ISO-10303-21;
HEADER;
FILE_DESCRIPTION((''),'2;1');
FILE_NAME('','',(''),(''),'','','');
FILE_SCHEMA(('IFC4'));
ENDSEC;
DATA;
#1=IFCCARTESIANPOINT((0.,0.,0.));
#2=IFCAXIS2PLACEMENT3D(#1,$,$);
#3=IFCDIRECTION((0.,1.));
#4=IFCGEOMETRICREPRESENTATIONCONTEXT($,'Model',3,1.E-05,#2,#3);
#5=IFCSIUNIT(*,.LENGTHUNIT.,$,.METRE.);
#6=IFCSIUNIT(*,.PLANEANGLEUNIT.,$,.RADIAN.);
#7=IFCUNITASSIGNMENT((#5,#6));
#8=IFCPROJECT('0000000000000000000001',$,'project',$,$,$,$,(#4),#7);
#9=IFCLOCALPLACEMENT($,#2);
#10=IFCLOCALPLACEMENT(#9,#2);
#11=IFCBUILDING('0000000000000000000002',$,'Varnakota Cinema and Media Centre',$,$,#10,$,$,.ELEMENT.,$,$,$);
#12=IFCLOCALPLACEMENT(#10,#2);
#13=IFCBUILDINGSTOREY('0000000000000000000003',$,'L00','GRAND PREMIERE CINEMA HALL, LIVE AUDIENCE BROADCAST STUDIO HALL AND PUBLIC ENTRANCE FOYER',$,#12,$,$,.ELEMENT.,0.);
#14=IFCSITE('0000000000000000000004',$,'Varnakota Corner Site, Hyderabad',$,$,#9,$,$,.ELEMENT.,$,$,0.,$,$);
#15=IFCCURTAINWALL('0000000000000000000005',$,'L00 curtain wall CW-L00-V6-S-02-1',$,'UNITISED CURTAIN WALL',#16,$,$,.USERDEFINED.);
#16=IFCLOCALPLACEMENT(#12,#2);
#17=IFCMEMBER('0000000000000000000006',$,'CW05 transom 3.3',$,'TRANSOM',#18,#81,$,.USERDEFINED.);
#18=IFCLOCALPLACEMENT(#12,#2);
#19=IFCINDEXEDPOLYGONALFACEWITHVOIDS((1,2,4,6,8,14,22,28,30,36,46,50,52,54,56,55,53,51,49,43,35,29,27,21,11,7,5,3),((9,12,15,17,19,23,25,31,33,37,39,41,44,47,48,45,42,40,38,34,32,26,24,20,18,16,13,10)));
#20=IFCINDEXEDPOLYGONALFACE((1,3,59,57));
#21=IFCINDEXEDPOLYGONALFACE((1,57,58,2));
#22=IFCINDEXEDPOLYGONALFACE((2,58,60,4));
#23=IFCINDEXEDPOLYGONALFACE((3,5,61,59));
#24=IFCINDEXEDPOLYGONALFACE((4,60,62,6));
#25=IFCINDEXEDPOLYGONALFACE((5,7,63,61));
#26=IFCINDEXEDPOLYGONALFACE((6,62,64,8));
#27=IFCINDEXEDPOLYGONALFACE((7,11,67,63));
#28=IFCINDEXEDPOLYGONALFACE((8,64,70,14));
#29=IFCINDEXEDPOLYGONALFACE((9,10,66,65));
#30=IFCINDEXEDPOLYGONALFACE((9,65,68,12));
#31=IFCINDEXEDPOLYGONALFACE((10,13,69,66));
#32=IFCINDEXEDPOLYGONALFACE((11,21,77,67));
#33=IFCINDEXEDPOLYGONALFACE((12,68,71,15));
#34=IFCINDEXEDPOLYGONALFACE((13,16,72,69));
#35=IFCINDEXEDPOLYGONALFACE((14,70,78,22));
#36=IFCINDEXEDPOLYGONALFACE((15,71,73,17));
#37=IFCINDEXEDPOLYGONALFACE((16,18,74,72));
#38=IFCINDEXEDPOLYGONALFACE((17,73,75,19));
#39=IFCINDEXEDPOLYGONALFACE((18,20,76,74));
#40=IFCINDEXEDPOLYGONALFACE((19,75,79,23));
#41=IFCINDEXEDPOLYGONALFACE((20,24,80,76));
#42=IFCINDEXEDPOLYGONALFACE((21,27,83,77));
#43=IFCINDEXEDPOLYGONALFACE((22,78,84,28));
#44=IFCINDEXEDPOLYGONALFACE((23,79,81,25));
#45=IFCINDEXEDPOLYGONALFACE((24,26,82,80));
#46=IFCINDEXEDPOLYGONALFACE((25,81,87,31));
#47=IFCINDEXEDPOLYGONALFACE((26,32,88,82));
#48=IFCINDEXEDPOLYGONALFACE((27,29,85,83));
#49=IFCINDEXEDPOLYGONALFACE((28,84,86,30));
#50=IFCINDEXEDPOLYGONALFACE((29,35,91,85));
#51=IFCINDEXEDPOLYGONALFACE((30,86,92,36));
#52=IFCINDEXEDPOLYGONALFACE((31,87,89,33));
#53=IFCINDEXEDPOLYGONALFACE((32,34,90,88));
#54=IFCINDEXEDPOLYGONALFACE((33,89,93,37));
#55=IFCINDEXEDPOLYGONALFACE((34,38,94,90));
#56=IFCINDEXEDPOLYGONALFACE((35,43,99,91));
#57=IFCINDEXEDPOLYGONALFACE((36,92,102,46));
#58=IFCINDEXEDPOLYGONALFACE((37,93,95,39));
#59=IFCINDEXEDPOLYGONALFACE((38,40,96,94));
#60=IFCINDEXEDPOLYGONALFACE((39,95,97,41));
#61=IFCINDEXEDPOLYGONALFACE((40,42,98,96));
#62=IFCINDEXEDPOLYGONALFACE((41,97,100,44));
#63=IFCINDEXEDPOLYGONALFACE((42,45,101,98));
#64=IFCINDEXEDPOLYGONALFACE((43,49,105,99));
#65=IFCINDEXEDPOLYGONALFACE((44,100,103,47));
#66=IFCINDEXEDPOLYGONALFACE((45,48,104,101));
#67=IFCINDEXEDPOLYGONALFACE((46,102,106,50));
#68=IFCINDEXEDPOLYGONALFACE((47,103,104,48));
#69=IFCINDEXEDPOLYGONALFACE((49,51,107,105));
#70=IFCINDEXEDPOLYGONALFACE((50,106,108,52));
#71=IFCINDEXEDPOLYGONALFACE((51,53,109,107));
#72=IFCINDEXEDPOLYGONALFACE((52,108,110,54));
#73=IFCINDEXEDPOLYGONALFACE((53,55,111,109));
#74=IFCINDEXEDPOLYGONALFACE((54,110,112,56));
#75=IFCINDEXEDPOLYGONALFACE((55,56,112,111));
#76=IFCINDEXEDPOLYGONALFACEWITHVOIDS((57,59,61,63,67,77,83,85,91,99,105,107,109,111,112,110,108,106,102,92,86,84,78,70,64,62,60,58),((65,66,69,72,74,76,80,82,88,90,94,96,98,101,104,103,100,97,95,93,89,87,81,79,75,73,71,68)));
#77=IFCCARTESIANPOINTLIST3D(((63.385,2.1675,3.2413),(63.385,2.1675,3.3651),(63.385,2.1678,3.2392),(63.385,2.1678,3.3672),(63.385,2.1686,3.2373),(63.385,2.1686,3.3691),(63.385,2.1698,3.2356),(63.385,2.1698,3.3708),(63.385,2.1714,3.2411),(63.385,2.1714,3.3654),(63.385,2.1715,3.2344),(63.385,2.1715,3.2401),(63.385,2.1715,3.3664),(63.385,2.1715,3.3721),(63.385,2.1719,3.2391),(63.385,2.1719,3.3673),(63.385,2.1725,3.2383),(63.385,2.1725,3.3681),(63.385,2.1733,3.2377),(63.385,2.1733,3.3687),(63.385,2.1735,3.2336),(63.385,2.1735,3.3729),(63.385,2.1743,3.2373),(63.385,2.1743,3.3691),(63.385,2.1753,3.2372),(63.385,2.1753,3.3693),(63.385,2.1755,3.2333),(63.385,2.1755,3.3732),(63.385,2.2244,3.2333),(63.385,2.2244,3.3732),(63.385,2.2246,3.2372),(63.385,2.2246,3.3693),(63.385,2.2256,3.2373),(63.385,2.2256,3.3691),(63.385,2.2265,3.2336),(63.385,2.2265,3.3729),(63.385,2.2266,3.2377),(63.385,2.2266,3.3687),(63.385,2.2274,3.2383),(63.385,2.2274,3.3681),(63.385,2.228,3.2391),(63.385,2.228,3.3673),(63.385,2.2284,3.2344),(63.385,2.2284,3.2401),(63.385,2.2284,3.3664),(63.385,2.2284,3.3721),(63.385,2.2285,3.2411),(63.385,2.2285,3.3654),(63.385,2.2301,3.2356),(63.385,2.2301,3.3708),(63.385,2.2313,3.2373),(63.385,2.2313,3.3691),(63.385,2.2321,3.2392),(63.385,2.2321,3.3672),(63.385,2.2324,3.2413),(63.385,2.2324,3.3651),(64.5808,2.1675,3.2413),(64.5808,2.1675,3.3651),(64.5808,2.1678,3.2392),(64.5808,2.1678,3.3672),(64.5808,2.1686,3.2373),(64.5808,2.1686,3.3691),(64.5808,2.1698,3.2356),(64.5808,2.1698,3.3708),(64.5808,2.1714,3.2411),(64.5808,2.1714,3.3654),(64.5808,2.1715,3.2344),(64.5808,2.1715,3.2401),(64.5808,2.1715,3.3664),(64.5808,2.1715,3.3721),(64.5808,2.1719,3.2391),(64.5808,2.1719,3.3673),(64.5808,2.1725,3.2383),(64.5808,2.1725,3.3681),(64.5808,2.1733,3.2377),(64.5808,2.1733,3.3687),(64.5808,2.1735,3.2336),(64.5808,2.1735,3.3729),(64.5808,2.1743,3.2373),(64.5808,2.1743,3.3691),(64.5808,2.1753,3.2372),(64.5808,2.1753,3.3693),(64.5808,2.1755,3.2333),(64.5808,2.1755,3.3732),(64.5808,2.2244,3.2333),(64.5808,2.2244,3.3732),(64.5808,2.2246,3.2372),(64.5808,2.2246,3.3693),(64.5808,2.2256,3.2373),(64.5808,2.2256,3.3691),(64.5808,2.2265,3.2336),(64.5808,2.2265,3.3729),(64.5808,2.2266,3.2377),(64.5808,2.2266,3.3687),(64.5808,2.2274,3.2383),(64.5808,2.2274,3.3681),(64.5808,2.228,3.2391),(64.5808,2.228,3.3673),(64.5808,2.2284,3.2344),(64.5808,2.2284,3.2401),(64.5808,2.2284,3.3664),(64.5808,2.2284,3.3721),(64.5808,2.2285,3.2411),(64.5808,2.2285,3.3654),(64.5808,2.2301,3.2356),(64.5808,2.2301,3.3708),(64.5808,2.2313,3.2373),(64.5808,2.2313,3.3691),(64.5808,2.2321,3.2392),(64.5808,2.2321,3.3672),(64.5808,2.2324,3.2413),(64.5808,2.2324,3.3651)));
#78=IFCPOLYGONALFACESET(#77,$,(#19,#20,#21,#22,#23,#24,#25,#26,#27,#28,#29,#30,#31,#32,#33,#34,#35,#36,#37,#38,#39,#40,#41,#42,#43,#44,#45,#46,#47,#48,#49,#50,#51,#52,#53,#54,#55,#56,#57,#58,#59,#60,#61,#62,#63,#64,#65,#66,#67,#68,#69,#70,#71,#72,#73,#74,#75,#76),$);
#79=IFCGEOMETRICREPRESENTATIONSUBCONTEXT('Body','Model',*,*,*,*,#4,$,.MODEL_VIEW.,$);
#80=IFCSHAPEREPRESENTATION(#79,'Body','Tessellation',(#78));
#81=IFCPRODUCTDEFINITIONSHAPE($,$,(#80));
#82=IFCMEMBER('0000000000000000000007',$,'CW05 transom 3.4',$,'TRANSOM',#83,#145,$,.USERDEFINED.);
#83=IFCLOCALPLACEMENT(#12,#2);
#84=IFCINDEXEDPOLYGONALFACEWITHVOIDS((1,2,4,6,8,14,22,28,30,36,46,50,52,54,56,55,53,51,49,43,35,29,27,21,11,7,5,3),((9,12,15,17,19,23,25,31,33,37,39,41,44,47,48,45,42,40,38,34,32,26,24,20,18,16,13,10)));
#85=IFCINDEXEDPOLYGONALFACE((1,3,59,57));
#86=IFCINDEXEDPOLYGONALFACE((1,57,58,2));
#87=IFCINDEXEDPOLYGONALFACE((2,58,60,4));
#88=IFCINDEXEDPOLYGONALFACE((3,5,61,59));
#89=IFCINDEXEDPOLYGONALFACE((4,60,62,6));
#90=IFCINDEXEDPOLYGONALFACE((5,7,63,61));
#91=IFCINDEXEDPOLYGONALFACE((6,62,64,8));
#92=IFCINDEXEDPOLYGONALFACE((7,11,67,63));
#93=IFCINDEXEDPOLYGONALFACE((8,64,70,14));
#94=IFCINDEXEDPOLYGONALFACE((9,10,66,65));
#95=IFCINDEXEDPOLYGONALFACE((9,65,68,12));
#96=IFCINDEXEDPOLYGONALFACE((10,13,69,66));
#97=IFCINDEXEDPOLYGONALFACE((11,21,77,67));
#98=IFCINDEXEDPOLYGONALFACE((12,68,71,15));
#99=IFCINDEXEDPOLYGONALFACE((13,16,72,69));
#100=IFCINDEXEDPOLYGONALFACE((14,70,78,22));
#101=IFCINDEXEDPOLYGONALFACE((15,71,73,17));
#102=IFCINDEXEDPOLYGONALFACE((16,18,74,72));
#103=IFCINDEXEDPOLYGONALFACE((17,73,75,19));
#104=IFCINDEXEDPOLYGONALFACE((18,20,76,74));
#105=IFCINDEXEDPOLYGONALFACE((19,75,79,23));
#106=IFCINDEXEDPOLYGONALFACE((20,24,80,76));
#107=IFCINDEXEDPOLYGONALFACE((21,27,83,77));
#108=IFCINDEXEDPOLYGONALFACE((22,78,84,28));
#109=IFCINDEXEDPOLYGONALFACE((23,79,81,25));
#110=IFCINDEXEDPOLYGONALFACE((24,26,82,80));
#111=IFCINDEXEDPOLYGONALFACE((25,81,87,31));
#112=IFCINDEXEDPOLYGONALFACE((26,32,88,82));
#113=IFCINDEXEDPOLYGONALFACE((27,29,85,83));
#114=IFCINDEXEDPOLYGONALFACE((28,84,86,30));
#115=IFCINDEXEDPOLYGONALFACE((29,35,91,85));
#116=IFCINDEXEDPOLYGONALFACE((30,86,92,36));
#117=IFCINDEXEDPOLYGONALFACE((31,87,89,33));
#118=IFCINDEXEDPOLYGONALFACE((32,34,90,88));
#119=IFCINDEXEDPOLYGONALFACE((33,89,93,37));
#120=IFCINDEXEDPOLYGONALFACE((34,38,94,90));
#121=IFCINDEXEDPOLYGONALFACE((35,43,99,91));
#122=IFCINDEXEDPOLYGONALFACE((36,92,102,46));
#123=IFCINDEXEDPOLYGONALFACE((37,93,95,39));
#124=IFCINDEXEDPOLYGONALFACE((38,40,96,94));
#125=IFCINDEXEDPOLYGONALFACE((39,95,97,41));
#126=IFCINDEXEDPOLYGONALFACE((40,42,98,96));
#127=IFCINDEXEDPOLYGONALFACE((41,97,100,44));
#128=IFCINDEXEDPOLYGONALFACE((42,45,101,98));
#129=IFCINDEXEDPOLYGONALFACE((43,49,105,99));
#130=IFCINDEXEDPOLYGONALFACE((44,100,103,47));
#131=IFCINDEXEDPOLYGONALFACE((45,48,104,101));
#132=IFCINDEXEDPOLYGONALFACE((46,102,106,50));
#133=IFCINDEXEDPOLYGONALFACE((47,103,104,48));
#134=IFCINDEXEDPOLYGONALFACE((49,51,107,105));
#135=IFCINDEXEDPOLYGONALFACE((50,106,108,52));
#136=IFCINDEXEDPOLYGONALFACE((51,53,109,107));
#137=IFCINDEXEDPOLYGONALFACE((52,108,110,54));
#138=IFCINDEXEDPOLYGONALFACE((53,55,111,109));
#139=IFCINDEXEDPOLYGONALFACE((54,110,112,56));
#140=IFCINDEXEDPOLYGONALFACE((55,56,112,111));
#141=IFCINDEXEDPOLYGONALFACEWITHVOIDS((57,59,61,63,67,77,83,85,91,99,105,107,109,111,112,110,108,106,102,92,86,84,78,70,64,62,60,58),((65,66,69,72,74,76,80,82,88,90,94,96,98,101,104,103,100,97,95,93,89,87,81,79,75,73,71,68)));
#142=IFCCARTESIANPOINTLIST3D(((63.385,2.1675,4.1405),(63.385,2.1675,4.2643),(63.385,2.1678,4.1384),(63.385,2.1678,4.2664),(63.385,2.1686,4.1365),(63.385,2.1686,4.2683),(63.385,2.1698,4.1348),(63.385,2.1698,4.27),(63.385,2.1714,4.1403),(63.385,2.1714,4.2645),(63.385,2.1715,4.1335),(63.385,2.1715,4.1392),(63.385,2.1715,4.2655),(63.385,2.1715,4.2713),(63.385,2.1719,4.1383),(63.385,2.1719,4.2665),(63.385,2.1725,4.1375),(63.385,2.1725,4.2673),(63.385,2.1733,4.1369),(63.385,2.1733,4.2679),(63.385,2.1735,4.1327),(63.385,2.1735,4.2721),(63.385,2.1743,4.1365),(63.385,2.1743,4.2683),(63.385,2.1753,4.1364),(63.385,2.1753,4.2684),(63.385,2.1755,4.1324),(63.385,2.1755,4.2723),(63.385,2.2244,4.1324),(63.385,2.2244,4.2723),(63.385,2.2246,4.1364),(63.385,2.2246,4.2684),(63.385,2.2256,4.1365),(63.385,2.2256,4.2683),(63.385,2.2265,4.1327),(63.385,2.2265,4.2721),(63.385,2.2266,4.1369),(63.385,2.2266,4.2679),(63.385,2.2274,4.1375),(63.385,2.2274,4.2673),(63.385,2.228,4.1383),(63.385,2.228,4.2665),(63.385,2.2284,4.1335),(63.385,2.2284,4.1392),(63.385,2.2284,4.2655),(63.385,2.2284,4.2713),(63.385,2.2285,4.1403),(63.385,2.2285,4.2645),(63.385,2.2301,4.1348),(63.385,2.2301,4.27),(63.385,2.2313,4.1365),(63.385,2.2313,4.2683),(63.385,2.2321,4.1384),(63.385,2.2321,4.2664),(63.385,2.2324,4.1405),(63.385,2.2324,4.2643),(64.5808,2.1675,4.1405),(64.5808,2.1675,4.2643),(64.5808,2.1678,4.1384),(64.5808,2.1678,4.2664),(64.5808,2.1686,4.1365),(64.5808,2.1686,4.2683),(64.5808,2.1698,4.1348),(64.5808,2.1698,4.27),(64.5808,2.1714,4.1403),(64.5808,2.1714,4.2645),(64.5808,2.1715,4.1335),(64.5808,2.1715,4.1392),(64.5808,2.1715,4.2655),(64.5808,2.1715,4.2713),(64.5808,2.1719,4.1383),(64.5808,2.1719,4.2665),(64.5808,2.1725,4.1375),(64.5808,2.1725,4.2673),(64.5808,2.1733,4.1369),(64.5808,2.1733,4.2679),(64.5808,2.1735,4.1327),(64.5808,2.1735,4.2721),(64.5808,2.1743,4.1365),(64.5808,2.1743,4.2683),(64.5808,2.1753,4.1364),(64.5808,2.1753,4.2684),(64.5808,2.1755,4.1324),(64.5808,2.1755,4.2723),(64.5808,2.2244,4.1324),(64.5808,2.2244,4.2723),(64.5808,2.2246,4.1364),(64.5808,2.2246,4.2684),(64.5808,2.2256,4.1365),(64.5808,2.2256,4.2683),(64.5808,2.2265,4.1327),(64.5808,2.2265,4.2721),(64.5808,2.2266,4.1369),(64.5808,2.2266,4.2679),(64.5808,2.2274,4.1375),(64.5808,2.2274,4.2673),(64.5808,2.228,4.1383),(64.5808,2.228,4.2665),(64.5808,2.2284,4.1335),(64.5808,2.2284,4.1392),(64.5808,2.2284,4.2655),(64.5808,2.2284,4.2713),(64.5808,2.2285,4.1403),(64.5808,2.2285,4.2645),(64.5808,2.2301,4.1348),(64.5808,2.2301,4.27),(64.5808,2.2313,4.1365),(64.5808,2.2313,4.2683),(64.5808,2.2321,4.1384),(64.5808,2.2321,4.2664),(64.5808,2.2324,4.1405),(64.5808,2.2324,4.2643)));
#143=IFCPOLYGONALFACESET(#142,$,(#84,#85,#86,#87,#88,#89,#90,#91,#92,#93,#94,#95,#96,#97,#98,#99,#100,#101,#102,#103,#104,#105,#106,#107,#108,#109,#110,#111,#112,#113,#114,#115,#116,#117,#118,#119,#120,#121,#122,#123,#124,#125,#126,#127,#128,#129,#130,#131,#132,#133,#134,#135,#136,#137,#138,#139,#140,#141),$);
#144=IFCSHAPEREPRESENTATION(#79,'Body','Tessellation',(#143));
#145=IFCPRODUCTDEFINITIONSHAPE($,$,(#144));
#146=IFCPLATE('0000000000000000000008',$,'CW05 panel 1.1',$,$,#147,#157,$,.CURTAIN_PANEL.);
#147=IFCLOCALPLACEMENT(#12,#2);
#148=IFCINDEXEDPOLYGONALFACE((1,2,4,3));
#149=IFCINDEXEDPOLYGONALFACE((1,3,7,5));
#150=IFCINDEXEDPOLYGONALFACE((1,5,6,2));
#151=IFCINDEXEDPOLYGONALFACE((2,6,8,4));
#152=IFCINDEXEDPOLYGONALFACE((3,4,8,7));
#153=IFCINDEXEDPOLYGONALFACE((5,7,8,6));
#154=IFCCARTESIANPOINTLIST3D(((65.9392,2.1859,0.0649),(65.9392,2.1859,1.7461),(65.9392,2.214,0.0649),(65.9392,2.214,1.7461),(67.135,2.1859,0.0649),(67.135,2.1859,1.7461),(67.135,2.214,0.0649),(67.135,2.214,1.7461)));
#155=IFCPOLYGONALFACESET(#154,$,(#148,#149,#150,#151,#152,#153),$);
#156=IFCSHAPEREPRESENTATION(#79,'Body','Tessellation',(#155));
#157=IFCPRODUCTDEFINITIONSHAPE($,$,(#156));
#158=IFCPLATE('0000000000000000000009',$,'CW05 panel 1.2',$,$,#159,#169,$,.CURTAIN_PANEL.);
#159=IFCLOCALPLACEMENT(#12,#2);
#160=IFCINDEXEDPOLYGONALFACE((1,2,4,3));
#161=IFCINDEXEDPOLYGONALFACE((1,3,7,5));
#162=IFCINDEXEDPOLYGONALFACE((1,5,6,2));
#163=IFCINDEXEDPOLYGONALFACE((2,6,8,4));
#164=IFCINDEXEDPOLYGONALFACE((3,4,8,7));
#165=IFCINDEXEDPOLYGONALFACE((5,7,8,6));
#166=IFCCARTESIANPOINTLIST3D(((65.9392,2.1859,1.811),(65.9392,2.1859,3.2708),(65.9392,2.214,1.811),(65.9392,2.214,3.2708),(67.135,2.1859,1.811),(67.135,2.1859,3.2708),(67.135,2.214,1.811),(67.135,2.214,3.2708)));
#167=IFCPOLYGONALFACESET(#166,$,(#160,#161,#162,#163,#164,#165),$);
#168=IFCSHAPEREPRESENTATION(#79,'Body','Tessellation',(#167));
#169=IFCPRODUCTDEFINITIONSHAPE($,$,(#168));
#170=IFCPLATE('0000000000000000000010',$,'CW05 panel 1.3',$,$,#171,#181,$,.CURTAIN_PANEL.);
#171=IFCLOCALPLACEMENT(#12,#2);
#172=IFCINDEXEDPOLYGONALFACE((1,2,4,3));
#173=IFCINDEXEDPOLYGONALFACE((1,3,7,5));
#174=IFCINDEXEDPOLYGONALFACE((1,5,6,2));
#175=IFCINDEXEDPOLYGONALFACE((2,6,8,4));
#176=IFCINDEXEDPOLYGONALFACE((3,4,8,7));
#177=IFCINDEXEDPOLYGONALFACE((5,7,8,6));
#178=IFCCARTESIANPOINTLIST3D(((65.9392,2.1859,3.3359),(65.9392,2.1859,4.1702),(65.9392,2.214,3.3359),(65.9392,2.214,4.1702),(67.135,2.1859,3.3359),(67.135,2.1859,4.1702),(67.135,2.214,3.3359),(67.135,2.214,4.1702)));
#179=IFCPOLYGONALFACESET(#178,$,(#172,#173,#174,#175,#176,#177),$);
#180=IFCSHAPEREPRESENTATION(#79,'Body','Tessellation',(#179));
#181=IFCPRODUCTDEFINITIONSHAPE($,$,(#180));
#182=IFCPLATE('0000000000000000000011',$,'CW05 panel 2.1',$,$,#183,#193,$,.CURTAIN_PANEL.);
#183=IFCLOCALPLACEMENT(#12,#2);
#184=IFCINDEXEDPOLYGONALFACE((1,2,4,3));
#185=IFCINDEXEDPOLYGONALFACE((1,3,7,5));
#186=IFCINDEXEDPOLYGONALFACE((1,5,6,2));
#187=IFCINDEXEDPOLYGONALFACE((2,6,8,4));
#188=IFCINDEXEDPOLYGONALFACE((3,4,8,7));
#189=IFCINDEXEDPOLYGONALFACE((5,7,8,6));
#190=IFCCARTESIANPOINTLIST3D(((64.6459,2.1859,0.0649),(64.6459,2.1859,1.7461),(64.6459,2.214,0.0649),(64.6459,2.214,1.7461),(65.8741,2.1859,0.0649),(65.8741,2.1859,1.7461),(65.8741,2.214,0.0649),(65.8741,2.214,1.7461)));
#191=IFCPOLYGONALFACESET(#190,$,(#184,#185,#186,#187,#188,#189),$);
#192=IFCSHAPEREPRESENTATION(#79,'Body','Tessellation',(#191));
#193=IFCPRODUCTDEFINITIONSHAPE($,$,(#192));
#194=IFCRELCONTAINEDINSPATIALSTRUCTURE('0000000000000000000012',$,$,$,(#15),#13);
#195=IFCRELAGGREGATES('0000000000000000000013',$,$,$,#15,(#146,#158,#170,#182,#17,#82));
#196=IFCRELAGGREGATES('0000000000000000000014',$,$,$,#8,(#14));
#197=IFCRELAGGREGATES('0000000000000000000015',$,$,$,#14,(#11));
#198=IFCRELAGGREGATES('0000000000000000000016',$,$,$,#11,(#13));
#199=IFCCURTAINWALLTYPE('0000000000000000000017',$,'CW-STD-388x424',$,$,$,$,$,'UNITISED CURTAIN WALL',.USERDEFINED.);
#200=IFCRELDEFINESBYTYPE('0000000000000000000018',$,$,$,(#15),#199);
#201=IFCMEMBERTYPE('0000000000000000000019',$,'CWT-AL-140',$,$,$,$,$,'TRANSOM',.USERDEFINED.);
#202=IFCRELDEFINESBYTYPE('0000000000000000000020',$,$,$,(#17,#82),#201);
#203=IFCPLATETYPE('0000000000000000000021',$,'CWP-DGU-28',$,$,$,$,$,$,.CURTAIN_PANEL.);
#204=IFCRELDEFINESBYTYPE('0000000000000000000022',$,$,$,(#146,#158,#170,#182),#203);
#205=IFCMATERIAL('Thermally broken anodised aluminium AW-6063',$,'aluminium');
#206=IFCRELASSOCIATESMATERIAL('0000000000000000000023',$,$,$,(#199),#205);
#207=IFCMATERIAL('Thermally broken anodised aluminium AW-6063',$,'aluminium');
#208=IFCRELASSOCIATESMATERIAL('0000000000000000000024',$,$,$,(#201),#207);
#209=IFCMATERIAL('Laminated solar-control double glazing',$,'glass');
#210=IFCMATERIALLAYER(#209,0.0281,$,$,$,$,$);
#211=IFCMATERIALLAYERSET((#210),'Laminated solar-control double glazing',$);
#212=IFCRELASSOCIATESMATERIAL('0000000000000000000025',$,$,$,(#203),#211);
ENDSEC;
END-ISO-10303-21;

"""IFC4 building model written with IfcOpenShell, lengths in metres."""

from ifc_helpers import new_model, si_unit, direction, frame, origin, origin_2d, place, context, subcontext, project, spatial, rectangle, hollow_rectangle, extrude, material, layer, layer_set, material_profile, profile_set, type_object, element, aggregate, save


model = new_model("IFC4")

# Units and contexts
model_context = context("Model", 3, precision=1e-05, world=origin(), true_north=direction((0.0, 1.0)))
body_context = subcontext(model_context, "Body", "Model", "MODEL_VIEW")
ifc_project = project(units=[si_unit("LENGTHUNIT", "METRE"), si_unit("PLANEANGLEUNIT", "RADIAN")], contexts=[model_context])

# Site, building, storey
site_placement = place(None, origin())
site = spatial("IfcSite", under=ifc_project, at=site_placement, Name="Varnakota Corner Site, Hyderabad", CompositionType="ELEMENT", RefElevation=0.0)
building_placement = place(site_placement, origin())
building = spatial("IfcBuilding", under=site, at=building_placement, Name="Varnakota Cinema and Media Centre", CompositionType="ELEMENT")
storey_placement = place(building_placement, origin())
storey = spatial("IfcBuildingStorey", under=building, at=storey_placement, Name="L00", Description="GRAND PREMIERE CINEMA HALL, LIVE AUDIENCE BROADCAST STUDIO HALL AND PUBLIC ENTRANCE FOYER", CompositionType="ELEMENT", Elevation=0.0)

# Curtain wall
ifc_material_1 = material(Name="Thermally broken anodised aluminium AW-6063", Category="aluminium")
curtain_wall_type = type_object("IfcCurtainWallType", Name="CW-STD-388x424", ElementType="UNITISED CURTAIN WALL", PredefinedType="USERDEFINED", material=ifc_material_1)
curtain_wall_1_placement = place(storey_placement, origin())
curtain_wall_1 = element("IfcCurtainWall", 1, at=curtain_wall_1_placement, inside=storey, type_object=curtain_wall_type, Name="L00 curtain wall CW-L00-V6-S-02-1", ObjectType="UNITISED CURTAIN WALL", PredefinedType="USERDEFINED")

# Members
ifc_material_2 = material(Name="Thermally broken anodised aluminium AW-6063", Category="aluminium")
ifc_material_profile_1 = material_profile(ifc_material_2, hollow_rectangle(XDim=0.0649, YDim=0.1399, WallThickness=0.0039, InnerFilletRadius=0.0039, OuterFilletRadius=0.0081, at=origin_2d()), Name="AL-TRANSOM 140x65x4")
ifc_profile_set_1 = profile_set([ifc_material_profile_1], Name="Thermally broken anodised aluminium AW-6063")
member_type_1 = type_object("IfcMemberType", Name="CWT-AL-140", ElementType="TRANSOM", PredefinedType="USERDEFINED", material=ifc_profile_set_1)
member_1_placement = place(storey_placement, frame((64.5808, 2.2, 3.3032), z_axis=(-1.0, 0.0, 0.0), x_axis=(0.0, -1.0, 0.0)))
member_1 = element("IfcMember", 2, at=member_1_placement, type_object=member_type_1, Name="CW05 transom 3.3", ObjectType="TRANSOM", PredefinedType="USERDEFINED", context=body_context, shape_type="SweptSolid", body=[
    extrude(hollow_rectangle(XDim=0.0649, YDim=0.1399, WallThickness=0.0039, InnerFilletRadius=0.0039, OuterFilletRadius=0.0081, at=origin_2d()), origin(), (0.0, 0.0, 1.0), 1.1958),
])
member_2_placement = place(storey_placement, frame((64.5808, 2.2, 4.2024), z_axis=(-1.0, 0.0, 0.0), x_axis=(0.0, -1.0, 0.0)))
member_2 = element("IfcMember", 3, at=member_2_placement, type_object=member_type_1, Name="CW05 transom 3.4", ObjectType="TRANSOM", PredefinedType="USERDEFINED", context=body_context, shape_type="SweptSolid", body=[
    extrude(hollow_rectangle(XDim=0.0649, YDim=0.1399, WallThickness=0.0039, InnerFilletRadius=0.0039, OuterFilletRadius=0.0081, at=origin_2d()), origin(), (0.0, 0.0, 1.0), 1.1958),
])

# Plates
ifc_material_3 = material(Name="Laminated solar-control double glazing", Category="glass")
ifc_layer = layer(ifc_material_3, 0.0281)
ifc_layer_set = layer_set([ifc_layer], Name="Laminated solar-control double glazing")
plate_type = type_object("IfcPlateType", Name="CWP-DGU-28", PredefinedType="CURTAIN_PANEL", material=ifc_layer_set)
plate_1_placement = place(storey_placement, frame((66.5371, 2.2, 0.0649), z_axis=(0.0, 0.0, 1.0), x_axis=(-1.0, 0.0, 0.0)))
plate_1 = element("IfcPlate", 4, at=plate_1_placement, type_object=plate_type, Name="CW05 panel 1.1", PredefinedType="CURTAIN_PANEL", context=body_context, shape_type="SweptSolid", body=[
    extrude(rectangle(XDim=1.1958, YDim=0.0281, at=origin_2d()), origin(), (0.0, 0.0, 1.0), 1.6812),
])
plate_2_placement = place(storey_placement, frame((66.5371, 2.2, 1.811), z_axis=(0.0, 0.0, 1.0), x_axis=(-1.0, 0.0, 0.0)))
plate_2 = element("IfcPlate", 5, at=plate_2_placement, type_object=plate_type, Name="CW05 panel 1.2", PredefinedType="CURTAIN_PANEL", context=body_context, shape_type="SweptSolid", body=[
    extrude(rectangle(XDim=1.1958, YDim=0.0281, at=origin_2d()), origin(), (0.0, 0.0, 1.0), 1.4597),
])
plate_3_placement = place(storey_placement, frame((66.5371, 2.2, 3.3359), z_axis=(0.0, 0.0, 1.0), x_axis=(-1.0, 0.0, 0.0)))
plate_3 = element("IfcPlate", 6, at=plate_3_placement, type_object=plate_type, Name="CW05 panel 1.3", PredefinedType="CURTAIN_PANEL", context=body_context, shape_type="SweptSolid", body=[
    extrude(rectangle(XDim=1.1958, YDim=0.0281, at=origin_2d()), origin(), (0.0, 0.0, 1.0), 0.8342),
])
plate_4_placement = place(storey_placement, frame((65.26, 2.2, 0.0649), z_axis=(0.0, 0.0, 1.0), x_axis=(-1.0, 0.0, 0.0)))
plate_4 = element("IfcPlate", 7, at=plate_4_placement, type_object=plate_type, Name="CW05 panel 2.1", PredefinedType="CURTAIN_PANEL", context=body_context, shape_type="SweptSolid", body=[
    extrude(rectangle(XDim=1.2283, YDim=0.0281, at=origin_2d()), origin(), (0.0, 0.0, 1.0), 1.6812),
])
aggregate(curtain_wall_1, [plate_1, plate_2, plate_3, plate_4, member_1, member_2])

save(model, "model.ifc")
